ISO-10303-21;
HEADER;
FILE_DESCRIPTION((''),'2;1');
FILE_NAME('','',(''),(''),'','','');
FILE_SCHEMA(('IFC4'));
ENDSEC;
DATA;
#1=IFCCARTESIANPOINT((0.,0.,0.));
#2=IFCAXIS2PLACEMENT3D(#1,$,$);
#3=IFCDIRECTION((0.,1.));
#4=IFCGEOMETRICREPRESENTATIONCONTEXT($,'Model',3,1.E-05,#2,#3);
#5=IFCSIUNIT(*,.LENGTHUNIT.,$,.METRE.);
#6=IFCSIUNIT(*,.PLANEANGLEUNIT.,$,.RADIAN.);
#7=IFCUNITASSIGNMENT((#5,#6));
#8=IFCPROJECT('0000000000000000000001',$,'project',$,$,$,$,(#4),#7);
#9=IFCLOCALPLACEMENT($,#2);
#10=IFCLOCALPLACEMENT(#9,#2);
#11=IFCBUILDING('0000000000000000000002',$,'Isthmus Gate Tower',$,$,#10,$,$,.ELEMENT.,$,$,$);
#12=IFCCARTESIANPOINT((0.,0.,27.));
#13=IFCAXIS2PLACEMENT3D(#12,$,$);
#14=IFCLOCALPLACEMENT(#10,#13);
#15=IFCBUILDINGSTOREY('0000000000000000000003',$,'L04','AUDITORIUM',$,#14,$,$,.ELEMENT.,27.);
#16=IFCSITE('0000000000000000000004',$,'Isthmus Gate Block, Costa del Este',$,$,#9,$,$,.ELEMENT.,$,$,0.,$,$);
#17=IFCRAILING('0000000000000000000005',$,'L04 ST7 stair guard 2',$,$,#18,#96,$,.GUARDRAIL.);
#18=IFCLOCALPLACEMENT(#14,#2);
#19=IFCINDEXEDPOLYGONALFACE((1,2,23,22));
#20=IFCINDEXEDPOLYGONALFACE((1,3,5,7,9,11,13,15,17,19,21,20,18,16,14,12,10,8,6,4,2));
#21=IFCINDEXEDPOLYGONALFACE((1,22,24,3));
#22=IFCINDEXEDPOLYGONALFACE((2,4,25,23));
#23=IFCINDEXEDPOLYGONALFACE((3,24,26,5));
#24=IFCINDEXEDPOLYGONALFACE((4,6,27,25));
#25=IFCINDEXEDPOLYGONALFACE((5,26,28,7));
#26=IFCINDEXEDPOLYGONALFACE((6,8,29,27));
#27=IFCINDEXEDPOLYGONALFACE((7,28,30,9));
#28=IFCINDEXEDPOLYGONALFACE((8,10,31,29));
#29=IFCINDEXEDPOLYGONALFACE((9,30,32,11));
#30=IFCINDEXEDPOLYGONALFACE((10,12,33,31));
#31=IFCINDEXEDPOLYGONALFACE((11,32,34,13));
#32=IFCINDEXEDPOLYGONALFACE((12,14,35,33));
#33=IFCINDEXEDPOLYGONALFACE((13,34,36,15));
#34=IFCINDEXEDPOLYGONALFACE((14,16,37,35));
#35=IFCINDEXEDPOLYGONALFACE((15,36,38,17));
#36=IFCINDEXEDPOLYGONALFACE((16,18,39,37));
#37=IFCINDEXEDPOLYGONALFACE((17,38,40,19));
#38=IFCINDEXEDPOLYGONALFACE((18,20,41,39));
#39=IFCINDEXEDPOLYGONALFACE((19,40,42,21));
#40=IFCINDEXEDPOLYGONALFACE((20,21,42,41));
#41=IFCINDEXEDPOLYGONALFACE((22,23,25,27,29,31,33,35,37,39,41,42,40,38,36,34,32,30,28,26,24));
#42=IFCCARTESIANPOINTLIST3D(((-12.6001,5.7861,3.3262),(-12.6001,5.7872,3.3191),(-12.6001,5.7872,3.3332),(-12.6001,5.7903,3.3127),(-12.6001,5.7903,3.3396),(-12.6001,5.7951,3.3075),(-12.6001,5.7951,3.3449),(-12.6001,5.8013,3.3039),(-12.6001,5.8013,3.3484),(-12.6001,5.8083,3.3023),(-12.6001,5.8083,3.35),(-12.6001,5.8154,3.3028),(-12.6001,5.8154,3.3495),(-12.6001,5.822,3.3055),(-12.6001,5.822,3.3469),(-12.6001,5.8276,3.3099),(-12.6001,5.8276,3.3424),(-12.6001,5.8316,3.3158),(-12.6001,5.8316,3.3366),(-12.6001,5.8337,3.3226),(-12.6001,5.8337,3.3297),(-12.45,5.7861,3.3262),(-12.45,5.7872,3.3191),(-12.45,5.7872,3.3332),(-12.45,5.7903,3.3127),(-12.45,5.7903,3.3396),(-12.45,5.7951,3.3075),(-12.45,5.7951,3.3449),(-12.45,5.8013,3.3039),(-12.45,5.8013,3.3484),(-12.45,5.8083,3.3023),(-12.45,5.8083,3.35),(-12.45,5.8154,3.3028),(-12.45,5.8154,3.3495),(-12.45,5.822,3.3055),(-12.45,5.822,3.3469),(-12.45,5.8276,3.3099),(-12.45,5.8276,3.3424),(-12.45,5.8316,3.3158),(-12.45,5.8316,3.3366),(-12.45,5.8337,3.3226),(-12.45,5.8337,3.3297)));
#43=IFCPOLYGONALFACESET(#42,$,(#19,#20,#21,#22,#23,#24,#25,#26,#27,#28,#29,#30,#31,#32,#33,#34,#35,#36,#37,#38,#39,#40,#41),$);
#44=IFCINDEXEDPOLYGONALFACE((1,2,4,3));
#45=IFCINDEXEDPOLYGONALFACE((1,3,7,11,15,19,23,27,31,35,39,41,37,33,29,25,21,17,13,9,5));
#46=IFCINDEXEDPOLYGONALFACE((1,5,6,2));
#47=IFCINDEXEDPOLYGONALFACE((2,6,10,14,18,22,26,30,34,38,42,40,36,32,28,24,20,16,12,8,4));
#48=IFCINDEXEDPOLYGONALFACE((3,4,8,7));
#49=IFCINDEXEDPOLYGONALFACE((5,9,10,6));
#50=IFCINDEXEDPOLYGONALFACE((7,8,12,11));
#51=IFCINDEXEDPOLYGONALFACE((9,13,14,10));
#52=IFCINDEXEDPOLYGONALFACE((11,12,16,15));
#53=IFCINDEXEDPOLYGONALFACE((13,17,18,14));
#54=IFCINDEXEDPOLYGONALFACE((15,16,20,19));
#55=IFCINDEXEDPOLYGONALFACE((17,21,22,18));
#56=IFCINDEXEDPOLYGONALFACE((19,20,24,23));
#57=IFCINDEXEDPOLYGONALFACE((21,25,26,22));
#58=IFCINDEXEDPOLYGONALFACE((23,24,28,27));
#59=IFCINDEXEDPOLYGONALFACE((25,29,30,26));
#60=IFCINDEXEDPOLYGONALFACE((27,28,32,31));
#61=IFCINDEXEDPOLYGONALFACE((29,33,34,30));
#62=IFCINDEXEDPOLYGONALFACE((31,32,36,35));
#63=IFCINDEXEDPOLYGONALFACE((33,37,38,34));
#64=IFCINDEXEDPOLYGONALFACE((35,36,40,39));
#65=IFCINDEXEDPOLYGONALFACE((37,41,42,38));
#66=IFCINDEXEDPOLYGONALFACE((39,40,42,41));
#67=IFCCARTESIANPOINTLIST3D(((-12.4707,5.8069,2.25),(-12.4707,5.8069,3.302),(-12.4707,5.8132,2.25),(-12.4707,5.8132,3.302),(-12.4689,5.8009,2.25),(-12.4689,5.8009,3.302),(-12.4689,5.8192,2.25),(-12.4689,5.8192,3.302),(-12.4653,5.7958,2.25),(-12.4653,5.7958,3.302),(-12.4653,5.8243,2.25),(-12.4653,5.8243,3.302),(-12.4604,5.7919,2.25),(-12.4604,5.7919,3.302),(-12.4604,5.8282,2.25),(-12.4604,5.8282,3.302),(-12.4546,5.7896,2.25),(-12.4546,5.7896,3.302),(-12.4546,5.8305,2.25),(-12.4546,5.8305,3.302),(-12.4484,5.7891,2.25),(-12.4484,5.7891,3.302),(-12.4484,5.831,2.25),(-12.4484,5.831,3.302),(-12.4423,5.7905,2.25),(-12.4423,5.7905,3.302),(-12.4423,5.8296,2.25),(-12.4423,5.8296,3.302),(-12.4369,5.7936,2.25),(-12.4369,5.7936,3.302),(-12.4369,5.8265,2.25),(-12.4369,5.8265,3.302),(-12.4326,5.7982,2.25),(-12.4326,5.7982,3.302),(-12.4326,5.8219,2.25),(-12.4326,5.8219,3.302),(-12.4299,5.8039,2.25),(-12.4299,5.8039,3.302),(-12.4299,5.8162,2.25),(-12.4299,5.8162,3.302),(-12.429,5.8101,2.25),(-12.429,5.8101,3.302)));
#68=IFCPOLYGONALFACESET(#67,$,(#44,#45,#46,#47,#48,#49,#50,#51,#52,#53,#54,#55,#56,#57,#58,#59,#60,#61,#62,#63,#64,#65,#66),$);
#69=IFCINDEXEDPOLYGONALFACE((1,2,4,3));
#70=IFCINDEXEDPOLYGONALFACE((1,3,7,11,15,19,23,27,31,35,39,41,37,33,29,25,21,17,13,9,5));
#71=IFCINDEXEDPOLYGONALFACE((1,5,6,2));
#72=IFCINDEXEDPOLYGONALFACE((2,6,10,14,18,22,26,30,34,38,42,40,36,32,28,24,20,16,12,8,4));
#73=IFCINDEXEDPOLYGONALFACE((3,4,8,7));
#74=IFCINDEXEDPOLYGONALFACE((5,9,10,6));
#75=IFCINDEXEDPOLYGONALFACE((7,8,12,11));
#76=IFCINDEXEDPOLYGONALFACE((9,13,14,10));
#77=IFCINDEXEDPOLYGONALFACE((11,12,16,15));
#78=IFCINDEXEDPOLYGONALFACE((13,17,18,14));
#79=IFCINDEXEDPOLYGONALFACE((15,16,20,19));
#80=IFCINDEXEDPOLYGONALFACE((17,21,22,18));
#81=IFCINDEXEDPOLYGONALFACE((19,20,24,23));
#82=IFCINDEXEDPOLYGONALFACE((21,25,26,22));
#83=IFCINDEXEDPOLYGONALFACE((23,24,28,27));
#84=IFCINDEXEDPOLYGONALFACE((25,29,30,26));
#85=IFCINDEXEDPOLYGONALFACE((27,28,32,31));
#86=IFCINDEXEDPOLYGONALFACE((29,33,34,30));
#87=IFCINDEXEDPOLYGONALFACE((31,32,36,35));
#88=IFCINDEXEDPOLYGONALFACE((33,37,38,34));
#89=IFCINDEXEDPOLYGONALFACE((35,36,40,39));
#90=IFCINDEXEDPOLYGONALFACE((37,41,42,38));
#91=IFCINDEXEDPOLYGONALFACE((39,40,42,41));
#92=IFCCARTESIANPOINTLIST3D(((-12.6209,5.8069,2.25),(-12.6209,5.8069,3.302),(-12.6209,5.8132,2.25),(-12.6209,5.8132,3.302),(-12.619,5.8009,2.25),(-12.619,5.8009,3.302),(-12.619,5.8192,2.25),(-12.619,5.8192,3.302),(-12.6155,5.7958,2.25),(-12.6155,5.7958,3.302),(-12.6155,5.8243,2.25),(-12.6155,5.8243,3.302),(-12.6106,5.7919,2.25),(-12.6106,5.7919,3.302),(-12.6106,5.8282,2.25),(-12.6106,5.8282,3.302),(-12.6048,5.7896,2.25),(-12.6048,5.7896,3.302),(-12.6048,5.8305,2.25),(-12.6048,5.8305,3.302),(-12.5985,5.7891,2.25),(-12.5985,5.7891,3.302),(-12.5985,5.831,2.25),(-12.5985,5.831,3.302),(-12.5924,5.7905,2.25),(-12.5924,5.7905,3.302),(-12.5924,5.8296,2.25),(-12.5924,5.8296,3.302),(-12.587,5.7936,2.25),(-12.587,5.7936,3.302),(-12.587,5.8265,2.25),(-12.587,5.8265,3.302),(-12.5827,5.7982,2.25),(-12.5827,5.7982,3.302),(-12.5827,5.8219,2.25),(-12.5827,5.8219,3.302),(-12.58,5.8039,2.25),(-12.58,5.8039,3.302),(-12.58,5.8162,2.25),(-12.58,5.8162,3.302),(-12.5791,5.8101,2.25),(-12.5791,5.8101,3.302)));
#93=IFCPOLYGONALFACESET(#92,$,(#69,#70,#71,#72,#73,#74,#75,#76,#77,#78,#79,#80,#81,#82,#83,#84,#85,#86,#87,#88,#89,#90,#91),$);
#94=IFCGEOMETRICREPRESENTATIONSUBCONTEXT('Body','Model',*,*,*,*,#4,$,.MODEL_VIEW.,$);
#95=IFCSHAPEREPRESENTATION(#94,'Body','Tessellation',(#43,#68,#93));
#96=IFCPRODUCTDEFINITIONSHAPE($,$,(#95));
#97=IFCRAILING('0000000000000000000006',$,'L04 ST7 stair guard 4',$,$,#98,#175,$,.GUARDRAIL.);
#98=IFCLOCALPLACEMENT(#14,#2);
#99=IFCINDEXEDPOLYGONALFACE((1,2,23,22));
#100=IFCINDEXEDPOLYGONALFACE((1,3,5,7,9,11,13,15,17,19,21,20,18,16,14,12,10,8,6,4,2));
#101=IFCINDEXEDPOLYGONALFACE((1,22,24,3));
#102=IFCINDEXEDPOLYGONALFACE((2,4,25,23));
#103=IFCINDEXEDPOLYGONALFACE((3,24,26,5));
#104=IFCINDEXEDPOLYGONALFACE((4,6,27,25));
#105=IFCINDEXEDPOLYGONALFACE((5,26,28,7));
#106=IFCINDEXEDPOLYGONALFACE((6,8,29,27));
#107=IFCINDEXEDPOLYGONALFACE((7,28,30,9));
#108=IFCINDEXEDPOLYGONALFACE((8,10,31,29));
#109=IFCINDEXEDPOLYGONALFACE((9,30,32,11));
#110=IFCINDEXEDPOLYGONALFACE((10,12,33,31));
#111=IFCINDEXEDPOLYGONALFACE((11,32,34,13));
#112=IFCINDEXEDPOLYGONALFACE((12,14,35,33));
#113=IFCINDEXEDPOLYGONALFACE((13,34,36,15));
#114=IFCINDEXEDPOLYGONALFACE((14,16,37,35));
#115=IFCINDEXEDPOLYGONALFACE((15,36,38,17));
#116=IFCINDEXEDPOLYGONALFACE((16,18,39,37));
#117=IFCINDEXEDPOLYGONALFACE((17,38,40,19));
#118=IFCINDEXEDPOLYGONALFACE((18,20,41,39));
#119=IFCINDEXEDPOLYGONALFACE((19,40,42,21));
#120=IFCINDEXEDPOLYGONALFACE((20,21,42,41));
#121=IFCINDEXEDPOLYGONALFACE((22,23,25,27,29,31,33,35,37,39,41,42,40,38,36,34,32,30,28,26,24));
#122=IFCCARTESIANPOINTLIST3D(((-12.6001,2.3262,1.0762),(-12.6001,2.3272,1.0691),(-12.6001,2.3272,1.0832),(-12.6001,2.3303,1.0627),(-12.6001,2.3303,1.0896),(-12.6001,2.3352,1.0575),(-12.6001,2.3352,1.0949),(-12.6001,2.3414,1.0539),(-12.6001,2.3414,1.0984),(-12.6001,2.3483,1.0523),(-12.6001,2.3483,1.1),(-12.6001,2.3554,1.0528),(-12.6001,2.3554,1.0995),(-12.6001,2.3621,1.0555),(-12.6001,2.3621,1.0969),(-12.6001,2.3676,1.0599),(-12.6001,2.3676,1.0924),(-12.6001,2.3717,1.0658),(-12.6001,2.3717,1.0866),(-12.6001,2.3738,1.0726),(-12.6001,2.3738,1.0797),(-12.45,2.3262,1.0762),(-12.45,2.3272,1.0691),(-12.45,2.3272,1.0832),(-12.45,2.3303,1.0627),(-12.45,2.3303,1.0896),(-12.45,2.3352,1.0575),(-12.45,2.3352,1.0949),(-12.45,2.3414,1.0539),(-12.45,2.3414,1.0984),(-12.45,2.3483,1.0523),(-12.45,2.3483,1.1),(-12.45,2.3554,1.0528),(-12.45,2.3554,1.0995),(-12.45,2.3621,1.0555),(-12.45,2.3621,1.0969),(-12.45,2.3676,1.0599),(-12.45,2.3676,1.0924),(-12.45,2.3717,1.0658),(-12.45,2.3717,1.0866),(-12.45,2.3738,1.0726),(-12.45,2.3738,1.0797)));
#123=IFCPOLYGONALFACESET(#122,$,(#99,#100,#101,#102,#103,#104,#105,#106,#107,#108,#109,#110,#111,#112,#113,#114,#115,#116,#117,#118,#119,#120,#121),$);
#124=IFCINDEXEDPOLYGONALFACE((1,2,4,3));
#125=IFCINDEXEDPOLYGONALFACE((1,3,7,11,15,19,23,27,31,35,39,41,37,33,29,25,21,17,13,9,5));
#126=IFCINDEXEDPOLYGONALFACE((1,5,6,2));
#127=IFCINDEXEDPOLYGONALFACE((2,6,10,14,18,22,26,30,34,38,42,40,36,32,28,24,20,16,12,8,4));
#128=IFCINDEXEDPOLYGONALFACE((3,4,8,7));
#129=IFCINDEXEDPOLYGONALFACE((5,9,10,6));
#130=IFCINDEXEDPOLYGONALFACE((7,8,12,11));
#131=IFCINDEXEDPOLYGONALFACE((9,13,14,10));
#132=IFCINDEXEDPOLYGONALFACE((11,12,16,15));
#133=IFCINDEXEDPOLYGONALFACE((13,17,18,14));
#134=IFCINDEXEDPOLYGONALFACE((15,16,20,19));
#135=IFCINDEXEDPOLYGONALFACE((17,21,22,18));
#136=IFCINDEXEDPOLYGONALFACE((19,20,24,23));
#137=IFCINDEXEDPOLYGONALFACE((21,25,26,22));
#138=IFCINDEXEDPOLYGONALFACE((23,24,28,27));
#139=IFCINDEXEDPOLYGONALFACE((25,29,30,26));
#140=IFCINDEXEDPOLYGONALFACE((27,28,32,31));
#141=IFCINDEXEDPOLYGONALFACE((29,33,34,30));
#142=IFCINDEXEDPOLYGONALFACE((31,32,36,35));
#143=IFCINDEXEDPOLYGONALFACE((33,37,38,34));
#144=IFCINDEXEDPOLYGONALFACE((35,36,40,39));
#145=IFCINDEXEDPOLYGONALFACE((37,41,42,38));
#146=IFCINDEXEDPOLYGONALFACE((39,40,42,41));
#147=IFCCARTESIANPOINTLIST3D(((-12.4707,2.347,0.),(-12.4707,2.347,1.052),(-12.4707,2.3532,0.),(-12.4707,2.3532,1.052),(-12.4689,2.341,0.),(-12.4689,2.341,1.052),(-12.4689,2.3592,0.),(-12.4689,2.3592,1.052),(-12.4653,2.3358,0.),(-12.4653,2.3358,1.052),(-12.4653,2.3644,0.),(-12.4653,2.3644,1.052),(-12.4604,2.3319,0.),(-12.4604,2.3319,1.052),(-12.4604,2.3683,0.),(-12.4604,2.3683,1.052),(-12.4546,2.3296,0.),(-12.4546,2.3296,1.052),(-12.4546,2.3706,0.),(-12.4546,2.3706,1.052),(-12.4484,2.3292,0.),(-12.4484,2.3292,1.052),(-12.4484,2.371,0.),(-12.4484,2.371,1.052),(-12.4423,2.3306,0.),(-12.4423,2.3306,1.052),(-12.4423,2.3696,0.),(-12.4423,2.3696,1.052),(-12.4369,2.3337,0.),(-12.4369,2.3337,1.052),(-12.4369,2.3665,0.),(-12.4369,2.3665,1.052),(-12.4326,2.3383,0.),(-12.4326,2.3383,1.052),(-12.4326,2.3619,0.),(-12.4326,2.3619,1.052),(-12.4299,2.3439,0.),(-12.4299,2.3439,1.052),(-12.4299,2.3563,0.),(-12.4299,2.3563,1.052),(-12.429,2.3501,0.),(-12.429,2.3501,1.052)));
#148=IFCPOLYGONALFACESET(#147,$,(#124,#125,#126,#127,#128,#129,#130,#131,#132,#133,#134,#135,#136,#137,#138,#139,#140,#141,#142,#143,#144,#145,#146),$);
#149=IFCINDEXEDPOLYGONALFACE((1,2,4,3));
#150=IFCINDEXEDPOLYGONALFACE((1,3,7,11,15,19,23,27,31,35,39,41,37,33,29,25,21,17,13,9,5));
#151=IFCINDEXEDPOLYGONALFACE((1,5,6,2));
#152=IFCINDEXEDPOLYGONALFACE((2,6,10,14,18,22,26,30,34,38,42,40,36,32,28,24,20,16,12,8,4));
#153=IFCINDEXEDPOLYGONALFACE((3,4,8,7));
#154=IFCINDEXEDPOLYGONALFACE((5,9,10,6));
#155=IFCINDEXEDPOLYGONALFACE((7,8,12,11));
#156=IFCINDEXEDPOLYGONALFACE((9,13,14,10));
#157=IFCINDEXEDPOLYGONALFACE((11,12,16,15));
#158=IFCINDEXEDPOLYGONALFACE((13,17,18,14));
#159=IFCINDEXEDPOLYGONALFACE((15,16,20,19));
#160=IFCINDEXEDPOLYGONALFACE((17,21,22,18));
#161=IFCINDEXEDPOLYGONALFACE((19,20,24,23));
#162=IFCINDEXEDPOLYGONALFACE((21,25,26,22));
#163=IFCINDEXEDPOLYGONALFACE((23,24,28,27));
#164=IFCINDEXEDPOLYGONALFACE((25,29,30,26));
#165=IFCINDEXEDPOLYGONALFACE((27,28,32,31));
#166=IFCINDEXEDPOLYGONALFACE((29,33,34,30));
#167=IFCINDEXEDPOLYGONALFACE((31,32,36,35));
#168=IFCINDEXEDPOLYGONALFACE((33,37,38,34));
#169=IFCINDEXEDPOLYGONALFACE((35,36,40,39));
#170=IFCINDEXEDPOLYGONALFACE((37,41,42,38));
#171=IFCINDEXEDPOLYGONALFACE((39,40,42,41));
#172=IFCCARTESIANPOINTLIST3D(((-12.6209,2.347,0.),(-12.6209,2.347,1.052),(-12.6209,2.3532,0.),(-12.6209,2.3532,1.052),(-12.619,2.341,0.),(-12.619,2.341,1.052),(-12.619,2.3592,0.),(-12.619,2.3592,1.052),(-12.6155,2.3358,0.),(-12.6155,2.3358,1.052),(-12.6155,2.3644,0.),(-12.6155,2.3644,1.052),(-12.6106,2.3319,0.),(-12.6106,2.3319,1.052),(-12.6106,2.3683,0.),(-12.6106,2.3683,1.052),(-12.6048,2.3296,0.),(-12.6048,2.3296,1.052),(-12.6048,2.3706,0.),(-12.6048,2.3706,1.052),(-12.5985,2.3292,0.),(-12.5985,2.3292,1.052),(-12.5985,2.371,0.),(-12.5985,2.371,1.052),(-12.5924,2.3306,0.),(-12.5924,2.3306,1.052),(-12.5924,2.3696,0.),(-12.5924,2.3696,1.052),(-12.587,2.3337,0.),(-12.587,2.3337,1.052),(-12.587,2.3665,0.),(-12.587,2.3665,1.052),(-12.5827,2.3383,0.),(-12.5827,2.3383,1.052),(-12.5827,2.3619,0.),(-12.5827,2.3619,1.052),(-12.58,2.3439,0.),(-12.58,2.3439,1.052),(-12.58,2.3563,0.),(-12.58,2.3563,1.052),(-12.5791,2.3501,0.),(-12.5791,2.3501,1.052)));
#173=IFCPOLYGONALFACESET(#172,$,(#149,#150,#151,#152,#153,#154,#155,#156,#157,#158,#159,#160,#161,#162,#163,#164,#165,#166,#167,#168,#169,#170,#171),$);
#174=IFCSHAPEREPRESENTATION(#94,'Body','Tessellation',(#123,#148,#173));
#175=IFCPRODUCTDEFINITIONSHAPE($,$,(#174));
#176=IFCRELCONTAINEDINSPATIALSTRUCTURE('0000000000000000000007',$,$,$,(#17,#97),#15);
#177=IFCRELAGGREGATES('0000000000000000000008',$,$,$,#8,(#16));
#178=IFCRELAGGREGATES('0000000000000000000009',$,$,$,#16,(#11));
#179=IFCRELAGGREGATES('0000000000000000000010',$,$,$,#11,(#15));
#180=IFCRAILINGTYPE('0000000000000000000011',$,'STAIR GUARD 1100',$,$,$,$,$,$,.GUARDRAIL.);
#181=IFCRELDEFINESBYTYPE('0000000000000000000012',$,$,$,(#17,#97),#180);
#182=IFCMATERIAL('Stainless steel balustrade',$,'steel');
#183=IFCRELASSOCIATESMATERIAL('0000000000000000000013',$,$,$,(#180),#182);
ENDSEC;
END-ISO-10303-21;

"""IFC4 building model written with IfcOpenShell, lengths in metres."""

from ifc_helpers import new_model, si_unit, direction, frame, origin, origin_2d, place, context, subcontext, project, spatial, circle, extrude, material, type_object, element, save


model = new_model("IFC4")

# Units and contexts
model_context = context("Model", 3, precision=1e-05, world=origin(), true_north=direction((0.0, 1.0)))
body_context = subcontext(model_context, "Body", "Model", "MODEL_VIEW")
ifc_project = project(units=[si_unit("LENGTHUNIT", "METRE"), si_unit("PLANEANGLEUNIT", "RADIAN")], contexts=[model_context])

# Site, building, storey
site_placement = place(None, origin())
site = spatial("IfcSite", under=ifc_project, at=site_placement, Name="Isthmus Gate Block, Costa del Este", CompositionType="ELEMENT", RefElevation=0.0)
building_placement = place(site_placement, origin())
building = spatial("IfcBuilding", under=site, at=building_placement, Name="Isthmus Gate Tower", CompositionType="ELEMENT")
storey_placement = place(building_placement, frame((0.0, 0.0, 27.0)))
storey = spatial("IfcBuildingStorey", under=building, at=storey_placement, Name="L04", Description="AUDITORIUM", CompositionType="ELEMENT", Elevation=27.0)

# Railings
ifc_material_1 = material(Name="Stainless steel balustrade", Category="steel")
railing_type_1 = type_object("IfcRailingType", Name="STAIR GUARD 1100", PredefinedType="GUARDRAIL", material=ifc_material_1)
for number, where, name in (
    (1, (-12.45, 5.8101, 2.25), "L04 ST7 stair guard 2"),
    (2, (-12.45, 2.3501, 0.0), "L04 ST7 stair guard 4"),
):
    element("IfcRailing", number, at=place(storey_placement, frame(where)), inside=storey, type_object=railing_type_1, Name=name, PredefinedType="GUARDRAIL", context=body_context, shape_type="SweptSolid", body=[
        extrude(circle(Radius=0.0239, at=origin_2d()), frame((0.0, 0.0, 1.0762), z_axis=(-1.0, 0.0, 0.0), x_axis=(0.0, -1.0, 0.0)), (0.0, 0.0, 1.0), 0.1501),
        extrude(circle(Radius=0.021, at=origin_2d()), origin(), (0.0, 0.0, 1.0), 1.052),
        extrude(circle(Radius=0.021, at=origin_2d()), frame((-0.1501, 0.0, 0.0)), (0.0, 0.0, 1.0), 1.052),
    ])

save(model, "model.ifc")
